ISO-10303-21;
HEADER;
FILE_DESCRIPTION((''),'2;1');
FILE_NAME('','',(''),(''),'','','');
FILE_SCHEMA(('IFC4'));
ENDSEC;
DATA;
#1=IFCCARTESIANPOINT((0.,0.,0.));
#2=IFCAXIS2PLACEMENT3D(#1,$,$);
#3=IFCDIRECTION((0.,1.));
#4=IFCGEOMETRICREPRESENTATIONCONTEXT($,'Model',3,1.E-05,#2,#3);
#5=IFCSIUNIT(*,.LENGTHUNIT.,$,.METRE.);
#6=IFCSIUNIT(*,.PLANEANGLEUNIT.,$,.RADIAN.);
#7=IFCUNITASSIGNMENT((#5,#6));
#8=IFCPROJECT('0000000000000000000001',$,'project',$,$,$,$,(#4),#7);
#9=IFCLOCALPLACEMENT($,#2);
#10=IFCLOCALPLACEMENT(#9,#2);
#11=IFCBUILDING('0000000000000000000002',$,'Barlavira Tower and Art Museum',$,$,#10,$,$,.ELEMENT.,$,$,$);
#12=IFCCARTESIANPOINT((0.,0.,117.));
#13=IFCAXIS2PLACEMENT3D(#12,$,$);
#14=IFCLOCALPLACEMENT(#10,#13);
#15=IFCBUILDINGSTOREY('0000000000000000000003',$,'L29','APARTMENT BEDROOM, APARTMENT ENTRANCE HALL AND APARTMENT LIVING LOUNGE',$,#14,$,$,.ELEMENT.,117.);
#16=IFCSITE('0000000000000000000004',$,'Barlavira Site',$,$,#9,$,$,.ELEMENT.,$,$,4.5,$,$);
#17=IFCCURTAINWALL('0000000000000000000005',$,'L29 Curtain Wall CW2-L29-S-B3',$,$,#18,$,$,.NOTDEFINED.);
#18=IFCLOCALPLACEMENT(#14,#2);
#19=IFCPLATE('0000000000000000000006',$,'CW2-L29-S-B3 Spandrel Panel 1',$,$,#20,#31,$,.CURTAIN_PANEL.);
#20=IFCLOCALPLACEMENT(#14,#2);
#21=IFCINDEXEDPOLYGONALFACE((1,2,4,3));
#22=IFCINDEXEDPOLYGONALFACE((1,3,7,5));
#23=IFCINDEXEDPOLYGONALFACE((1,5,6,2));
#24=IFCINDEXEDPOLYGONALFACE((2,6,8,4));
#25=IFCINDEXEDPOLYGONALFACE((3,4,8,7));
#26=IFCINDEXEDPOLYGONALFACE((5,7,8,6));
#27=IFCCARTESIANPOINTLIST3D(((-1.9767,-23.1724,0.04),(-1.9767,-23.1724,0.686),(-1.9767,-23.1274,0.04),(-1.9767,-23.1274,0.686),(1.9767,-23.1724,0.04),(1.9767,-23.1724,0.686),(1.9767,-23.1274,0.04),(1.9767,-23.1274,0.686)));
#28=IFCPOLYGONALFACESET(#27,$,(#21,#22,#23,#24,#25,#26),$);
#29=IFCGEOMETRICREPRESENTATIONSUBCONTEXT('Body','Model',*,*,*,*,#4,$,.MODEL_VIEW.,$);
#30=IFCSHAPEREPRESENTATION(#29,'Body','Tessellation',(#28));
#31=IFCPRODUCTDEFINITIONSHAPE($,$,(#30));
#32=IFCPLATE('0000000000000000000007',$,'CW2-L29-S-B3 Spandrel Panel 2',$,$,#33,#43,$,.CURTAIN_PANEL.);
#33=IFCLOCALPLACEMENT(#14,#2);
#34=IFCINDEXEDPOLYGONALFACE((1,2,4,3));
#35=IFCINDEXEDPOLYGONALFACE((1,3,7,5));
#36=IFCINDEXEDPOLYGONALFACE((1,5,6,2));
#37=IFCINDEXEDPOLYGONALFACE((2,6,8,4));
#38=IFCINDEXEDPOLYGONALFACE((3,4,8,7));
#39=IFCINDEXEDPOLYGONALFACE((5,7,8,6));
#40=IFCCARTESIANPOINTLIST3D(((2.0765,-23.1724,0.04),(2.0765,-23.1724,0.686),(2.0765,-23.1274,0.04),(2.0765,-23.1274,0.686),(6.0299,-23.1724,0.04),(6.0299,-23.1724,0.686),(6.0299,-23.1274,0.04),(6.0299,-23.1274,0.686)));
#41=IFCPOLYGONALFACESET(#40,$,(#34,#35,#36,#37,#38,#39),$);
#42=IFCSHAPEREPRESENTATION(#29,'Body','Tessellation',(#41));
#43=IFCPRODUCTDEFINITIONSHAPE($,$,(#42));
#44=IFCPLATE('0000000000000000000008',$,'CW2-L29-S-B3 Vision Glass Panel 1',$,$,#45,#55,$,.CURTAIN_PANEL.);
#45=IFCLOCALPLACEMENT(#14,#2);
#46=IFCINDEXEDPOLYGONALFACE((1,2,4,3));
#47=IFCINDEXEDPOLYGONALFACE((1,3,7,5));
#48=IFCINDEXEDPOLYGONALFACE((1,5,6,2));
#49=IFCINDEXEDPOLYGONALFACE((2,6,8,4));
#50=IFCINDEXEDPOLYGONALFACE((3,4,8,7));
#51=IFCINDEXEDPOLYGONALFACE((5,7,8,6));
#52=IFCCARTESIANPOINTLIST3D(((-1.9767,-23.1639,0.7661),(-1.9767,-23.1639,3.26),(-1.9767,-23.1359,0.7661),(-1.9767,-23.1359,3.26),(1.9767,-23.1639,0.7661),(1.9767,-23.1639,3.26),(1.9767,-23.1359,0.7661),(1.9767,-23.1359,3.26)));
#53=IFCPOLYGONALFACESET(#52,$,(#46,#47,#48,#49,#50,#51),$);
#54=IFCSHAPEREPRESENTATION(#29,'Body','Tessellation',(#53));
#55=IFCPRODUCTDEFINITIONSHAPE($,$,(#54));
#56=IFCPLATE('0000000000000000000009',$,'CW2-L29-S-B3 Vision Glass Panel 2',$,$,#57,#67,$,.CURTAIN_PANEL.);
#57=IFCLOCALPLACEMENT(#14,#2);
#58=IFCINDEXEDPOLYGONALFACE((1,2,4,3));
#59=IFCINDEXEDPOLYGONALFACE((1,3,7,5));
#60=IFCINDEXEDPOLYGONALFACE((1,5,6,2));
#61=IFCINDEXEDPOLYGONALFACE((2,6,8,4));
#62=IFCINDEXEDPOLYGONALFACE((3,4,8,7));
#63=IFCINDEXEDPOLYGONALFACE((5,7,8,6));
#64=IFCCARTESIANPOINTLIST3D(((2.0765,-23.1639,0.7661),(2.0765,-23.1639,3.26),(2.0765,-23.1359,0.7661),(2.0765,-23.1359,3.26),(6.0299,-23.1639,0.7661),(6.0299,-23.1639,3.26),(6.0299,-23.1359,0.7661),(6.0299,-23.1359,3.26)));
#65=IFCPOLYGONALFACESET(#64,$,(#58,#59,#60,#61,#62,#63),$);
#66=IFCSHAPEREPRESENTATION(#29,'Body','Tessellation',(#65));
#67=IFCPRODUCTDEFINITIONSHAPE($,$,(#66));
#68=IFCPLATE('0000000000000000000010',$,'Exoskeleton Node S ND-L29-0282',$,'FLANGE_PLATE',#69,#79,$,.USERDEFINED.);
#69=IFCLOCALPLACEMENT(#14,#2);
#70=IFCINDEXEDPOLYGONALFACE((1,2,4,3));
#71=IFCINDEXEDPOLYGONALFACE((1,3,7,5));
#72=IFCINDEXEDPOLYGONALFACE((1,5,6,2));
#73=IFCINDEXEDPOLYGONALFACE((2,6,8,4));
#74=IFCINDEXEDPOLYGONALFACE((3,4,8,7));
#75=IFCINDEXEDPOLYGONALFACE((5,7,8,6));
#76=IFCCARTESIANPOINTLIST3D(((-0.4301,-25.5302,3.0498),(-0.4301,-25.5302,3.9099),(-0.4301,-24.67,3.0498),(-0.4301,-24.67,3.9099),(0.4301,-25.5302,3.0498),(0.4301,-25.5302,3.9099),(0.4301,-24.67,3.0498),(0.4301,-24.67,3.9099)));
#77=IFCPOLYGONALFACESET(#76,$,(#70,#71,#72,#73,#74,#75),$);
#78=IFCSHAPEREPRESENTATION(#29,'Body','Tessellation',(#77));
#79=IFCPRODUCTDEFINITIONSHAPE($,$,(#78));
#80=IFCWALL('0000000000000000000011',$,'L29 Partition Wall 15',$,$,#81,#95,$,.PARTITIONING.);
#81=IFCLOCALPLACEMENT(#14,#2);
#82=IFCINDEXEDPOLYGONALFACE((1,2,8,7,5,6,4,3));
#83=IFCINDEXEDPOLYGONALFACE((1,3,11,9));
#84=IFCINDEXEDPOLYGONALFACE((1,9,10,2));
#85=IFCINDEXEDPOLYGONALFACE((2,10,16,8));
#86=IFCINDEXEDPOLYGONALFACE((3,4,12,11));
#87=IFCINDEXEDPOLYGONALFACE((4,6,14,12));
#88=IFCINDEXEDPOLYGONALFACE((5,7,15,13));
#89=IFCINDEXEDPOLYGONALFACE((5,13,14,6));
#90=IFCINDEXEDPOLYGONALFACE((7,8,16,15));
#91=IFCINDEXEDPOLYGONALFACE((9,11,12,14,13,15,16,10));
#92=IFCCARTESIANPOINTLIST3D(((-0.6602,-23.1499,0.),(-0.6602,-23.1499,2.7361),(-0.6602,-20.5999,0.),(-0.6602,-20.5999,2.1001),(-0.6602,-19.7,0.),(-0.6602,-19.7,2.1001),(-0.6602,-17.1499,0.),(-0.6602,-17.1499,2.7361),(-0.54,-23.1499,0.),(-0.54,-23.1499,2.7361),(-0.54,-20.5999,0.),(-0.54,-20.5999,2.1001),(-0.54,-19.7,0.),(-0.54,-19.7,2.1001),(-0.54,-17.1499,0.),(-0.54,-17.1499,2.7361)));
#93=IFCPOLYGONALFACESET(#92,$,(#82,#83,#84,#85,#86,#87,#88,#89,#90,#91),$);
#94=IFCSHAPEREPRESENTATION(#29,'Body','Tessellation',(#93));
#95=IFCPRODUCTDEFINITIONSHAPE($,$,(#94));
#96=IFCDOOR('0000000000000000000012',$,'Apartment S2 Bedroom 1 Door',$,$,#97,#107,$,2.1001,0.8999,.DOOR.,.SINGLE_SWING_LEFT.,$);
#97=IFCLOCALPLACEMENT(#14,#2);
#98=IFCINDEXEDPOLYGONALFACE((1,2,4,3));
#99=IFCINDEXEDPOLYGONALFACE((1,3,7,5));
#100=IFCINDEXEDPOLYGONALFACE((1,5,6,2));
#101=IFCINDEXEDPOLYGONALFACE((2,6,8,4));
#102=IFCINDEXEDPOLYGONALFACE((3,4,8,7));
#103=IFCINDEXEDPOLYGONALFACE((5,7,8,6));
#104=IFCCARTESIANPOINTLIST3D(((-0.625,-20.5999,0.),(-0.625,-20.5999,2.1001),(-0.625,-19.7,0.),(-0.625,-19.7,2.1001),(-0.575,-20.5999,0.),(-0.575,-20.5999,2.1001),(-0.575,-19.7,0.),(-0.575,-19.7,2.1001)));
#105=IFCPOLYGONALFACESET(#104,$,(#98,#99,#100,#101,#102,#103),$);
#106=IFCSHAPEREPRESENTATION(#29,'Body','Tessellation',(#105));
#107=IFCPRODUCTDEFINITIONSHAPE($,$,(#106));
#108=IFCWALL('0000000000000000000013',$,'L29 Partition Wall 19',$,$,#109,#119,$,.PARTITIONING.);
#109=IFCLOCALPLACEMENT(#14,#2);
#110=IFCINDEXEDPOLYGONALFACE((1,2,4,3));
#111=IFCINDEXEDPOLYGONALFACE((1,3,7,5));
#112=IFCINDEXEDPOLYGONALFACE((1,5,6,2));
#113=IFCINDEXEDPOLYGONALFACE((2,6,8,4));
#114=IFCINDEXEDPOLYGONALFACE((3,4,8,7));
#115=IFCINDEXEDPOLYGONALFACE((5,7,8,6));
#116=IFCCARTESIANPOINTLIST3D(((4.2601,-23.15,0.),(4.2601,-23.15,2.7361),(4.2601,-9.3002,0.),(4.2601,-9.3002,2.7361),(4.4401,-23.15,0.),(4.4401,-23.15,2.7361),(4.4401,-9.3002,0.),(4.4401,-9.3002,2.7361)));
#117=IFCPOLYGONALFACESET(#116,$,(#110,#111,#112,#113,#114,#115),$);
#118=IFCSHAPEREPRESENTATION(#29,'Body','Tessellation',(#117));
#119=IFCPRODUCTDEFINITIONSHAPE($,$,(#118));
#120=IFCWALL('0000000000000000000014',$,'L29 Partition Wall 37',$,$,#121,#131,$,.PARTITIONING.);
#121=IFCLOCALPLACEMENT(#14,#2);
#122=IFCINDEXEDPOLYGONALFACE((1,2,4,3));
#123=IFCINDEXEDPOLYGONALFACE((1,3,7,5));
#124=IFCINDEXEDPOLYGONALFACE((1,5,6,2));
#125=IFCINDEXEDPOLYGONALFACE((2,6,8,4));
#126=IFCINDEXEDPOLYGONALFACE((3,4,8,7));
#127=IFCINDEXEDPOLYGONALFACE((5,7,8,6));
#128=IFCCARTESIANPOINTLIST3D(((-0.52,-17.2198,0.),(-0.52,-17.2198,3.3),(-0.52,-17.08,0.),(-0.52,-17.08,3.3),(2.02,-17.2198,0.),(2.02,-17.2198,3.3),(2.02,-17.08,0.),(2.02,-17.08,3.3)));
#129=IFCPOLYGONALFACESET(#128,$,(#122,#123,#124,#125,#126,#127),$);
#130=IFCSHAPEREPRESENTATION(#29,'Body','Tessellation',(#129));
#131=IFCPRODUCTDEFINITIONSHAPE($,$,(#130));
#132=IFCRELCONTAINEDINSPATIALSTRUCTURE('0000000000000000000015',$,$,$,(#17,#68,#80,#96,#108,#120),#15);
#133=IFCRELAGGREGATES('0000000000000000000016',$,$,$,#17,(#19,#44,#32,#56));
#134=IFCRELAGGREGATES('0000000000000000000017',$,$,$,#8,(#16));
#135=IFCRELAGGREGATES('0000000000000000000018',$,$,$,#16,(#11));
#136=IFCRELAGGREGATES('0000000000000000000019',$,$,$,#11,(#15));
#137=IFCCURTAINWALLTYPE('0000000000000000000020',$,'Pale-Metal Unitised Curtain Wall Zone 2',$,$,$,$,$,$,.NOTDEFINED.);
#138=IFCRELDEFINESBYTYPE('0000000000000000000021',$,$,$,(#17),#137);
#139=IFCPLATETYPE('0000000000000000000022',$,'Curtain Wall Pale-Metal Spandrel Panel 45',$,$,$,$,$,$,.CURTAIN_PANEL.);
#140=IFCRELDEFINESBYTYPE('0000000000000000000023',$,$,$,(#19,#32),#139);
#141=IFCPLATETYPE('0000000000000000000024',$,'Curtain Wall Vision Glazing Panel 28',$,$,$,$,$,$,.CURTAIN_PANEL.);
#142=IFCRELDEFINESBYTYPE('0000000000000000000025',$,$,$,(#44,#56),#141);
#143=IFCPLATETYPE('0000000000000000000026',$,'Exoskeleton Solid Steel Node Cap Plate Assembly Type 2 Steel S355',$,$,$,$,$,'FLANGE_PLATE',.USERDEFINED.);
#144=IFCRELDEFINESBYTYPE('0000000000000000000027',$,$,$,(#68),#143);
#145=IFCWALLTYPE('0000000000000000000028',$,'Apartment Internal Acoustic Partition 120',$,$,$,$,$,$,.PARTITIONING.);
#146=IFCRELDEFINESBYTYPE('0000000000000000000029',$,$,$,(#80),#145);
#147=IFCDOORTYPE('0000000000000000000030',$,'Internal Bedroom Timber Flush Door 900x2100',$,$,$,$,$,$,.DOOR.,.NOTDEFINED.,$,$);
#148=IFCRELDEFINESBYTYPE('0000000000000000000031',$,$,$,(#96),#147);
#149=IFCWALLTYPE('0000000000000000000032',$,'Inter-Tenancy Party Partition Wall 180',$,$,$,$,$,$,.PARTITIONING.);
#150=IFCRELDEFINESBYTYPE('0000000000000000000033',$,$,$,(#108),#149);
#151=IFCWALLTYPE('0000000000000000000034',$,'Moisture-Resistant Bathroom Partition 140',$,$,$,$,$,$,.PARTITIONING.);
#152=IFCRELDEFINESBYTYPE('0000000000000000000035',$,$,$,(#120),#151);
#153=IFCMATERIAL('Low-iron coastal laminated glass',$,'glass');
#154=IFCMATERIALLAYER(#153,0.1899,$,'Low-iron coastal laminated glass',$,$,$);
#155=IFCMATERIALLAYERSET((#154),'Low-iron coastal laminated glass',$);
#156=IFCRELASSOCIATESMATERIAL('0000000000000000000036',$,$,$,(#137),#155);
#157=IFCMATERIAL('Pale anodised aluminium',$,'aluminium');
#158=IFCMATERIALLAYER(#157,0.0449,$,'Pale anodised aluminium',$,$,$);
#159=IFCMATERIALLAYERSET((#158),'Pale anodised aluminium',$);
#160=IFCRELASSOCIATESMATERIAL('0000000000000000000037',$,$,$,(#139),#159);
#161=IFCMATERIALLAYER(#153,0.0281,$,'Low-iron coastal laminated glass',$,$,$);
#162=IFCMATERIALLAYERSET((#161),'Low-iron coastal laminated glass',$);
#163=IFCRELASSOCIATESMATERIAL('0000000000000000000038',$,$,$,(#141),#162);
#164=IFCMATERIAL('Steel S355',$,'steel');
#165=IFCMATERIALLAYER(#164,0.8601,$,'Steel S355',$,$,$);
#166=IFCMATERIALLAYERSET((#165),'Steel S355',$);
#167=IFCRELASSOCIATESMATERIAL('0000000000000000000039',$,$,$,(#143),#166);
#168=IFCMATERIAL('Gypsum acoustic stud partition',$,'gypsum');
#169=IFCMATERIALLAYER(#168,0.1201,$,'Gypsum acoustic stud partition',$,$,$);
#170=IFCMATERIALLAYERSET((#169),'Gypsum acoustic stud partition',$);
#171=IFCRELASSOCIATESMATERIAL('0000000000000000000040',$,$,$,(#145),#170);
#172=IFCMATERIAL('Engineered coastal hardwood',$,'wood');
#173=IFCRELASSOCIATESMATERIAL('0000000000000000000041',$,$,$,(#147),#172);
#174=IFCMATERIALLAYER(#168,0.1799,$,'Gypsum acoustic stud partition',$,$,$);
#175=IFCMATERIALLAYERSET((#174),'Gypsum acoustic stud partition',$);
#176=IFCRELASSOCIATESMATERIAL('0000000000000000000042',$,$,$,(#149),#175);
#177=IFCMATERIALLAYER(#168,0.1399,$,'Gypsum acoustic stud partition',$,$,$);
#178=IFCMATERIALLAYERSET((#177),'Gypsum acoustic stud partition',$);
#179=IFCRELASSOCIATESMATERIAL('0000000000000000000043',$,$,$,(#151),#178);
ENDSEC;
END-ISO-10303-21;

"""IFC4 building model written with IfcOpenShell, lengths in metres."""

from ifc_helpers import new_model, si_unit, direction, frame, frame_2d, origin, origin_2d, place, context, subcontext, project, spatial, rectangle, extrude, material, layer, layer_set, type_object, element, fill, aggregate, save


model = new_model("IFC4")

# Units and contexts
model_context = context("Model", 3, precision=1e-05, world=origin(), true_north=direction((0.0, 1.0)))
body_context = subcontext(model_context, "Body", "Model", "MODEL_VIEW")
ifc_project = project(units=[si_unit("LENGTHUNIT", "METRE"), si_unit("PLANEANGLEUNIT", "RADIAN")], contexts=[model_context])

# Site, building, storey
site_placement = place(None, origin())
site = spatial("IfcSite", under=ifc_project, at=site_placement, Name="Barlavira Site", CompositionType="ELEMENT", RefElevation=4.5)
building_placement = place(site_placement, origin())
building = spatial("IfcBuilding", under=site, at=building_placement, Name="Barlavira Tower and Art Museum", CompositionType="ELEMENT")
storey_placement = place(building_placement, frame((0.0, 0.0, 117.0)))
storey = spatial("IfcBuildingStorey", under=building, at=storey_placement, Name="L29", Description="APARTMENT BEDROOM, APARTMENT ENTRANCE HALL AND APARTMENT LIVING LOUNGE", CompositionType="ELEMENT", Elevation=117.0)

# Curtain wall
ifc_material_1 = material(Name="Low-iron coastal laminated glass", Category="glass")
ifc_layer_1 = layer(ifc_material_1, 0.1899, Name="Low-iron coastal laminated glass")
ifc_layer_set_1 = layer_set([ifc_layer_1], Name="Low-iron coastal laminated glass")
curtain_wall_type = type_object("IfcCurtainWallType", Name="Pale-Metal Unitised Curtain Wall Zone 2", PredefinedType="NOTDEFINED", material=ifc_layer_set_1)
curtain_wall_placement = place(storey_placement, origin())
curtain_wall = element("IfcCurtainWall", 1, at=curtain_wall_placement, inside=storey, type_object=curtain_wall_type, Name="L29 Curtain Wall CW2-L29-S-B3", PredefinedType="NOTDEFINED")
ifc_material_2 = material(Name="Pale anodised aluminium", Category="aluminium")

# Shared definitions
ifc_material_3 = material(Name="Steel S355", Category="steel")

# Plates
ifc_layer_2 = layer(ifc_material_2, 0.0449, Name="Pale anodised aluminium")
ifc_layer_set_2 = layer_set([ifc_layer_2], Name="Pale anodised aluminium")
plate_type_1 = type_object("IfcPlateType", Name="Curtain Wall Pale-Metal Spandrel Panel 45", PredefinedType="CURTAIN_PANEL", material=ifc_layer_set_2)
plate_1_placement = place(storey_placement, frame((0.0, -23.1499, 0.04), z_axis=(0.0, 0.0, 1.0), x_axis=(1.0, 0.0, 0.0)))
plate_1 = element("IfcPlate", 2, at=plate_1_placement, type_object=plate_type_1, Name="CW2-L29-S-B3 Spandrel Panel 1", PredefinedType="CURTAIN_PANEL", context=body_context, shape_type="SweptSolid", body=[
    extrude(rectangle(XDim=3.9534, YDim=0.0449, at=origin_2d()), origin(), (0.0, 0.0, 1.0), 0.646),
])
plate_2_placement = place(storey_placement, frame((4.0532, -23.1499, 0.04), z_axis=(0.0, 0.0, 1.0), x_axis=(1.0, 0.0, 0.0)))
plate_2 = element("IfcPlate", 3, at=plate_2_placement, type_object=plate_type_1, Name="CW2-L29-S-B3 Spandrel Panel 2", PredefinedType="CURTAIN_PANEL", context=body_context, shape_type="SweptSolid", body=[
    extrude(rectangle(XDim=3.9534, YDim=0.0449, at=origin_2d()), origin(), (0.0, 0.0, 1.0), 0.646),
])
ifc_layer_3 = layer(ifc_material_1, 0.0281, Name="Low-iron coastal laminated glass")
ifc_layer_set_3 = layer_set([ifc_layer_3], Name="Low-iron coastal laminated glass")
plate_type_2 = type_object("IfcPlateType", Name="Curtain Wall Vision Glazing Panel 28", PredefinedType="CURTAIN_PANEL", material=ifc_layer_set_3)
plate_3_placement = place(storey_placement, frame((0.0, -23.1499, 0.7661), z_axis=(0.0, 0.0, 1.0), x_axis=(1.0, 0.0, 0.0)))
plate_3 = element("IfcPlate", 4, at=plate_3_placement, type_object=plate_type_2, Name="CW2-L29-S-B3 Vision Glass Panel 1", PredefinedType="CURTAIN_PANEL", context=body_context, shape_type="SweptSolid", body=[
    extrude(rectangle(XDim=3.9534, YDim=0.0281, at=origin_2d()), origin(), (0.0, 0.0, 1.0), 2.4939),
])
plate_4_placement = place(storey_placement, frame((4.0532, -23.1499, 0.7661), z_axis=(0.0, 0.0, 1.0), x_axis=(1.0, 0.0, 0.0)))
plate_4 = element("IfcPlate", 5, at=plate_4_placement, type_object=plate_type_2, Name="CW2-L29-S-B3 Vision Glass Panel 2", PredefinedType="CURTAIN_PANEL", context=body_context, shape_type="SweptSolid", body=[
    extrude(rectangle(XDim=3.9534, YDim=0.0281, at=origin_2d()), origin(), (0.0, 0.0, 1.0), 2.4939),
])
aggregate(curtain_wall, [plate_1, plate_3, plate_2, plate_4])
ifc_layer_4 = layer(ifc_material_3, 0.8601, Name="Steel S355")
ifc_layer_set_4 = layer_set([ifc_layer_4], Name="Steel S355")
plate_type_3 = type_object("IfcPlateType", Name="Exoskeleton Solid Steel Node Cap Plate Assembly Type 2 Steel S355", ElementType="FLANGE_PLATE", PredefinedType="USERDEFINED", material=ifc_layer_set_4)
plate_5_placement = place(storey_placement, frame((0.0, -25.1001, 3.0498), z_axis=(0.0, 0.0, 1.0), x_axis=(1.0, 0.0, 0.0)))
element("IfcPlate", 6, at=plate_5_placement, inside=storey, type_object=plate_type_3, Name="Exoskeleton Node S ND-L29-0282", ObjectType="FLANGE_PLATE", PredefinedType="USERDEFINED", context=body_context, shape_type="SweptSolid", body=[
    extrude(rectangle(XDim=0.8601, YDim=0.8601, at=origin_2d()), origin(), (0.0, 0.0, 1.0), 0.8601),
])

# Wall, opening, door
ifc_material_4 = material(Name="Gypsum acoustic stud partition", Category="gypsum")
ifc_layer_5 = layer(ifc_material_4, 0.1201, Name="Gypsum acoustic stud partition")
ifc_layer_set_5 = layer_set([ifc_layer_5], Name="Gypsum acoustic stud partition")
wall_type_1 = type_object("IfcWallType", Name="Apartment Internal Acoustic Partition 120", PredefinedType="PARTITIONING", material=ifc_layer_set_5)
wall_1_placement = place(storey_placement, frame((-0.6001, -23.1499, 0.0), z_axis=(0.0, 0.0, 1.0), x_axis=(0.0, 1.0, 0.0)))
wall_1 = element("IfcWall", 7, at=wall_1_placement, inside=storey, type_object=wall_type_1, Name="L29 Partition Wall 15", PredefinedType="PARTITIONING", context=body_context, shape_type="SweptSolid", body=[
    extrude(rectangle(XDim=6.0, YDim=0.1201, at=frame_2d((3.0, 0.0))), origin(), (0.0, 0.0, 1.0), 2.7361),
])
opening_1_placement = place(wall_1_placement, frame((2.55, 0.0, 0.0)))
opening_1 = element("IfcOpeningElement", 8, at=opening_1_placement, cuts=wall_1, PredefinedType="OPENING", context=body_context, shape_type="SweptSolid", body=[
    extrude(rectangle(XDim=0.8999, YDim=2.1001, at=frame_2d((0.45, 1.05))), frame((0.0, 0.0701, 0.0), z_axis=(0.0, -1.0, 0.0), x_axis=(1.0, 0.0, 0.0)), (0.0, 0.0, 1.0), 0.1401),
])
ifc_material_5 = material(Name="Engineered coastal hardwood", Category="wood")
door_type = type_object("IfcDoorType", Name="Internal Bedroom Timber Flush Door 900x2100", OperationType="NOTDEFINED", PredefinedType="DOOR", material=ifc_material_5)
door_placement = place(opening_1_placement, origin())
door = element("IfcDoor", 9, at=door_placement, inside=storey, type_object=door_type, Name="Apartment S2 Bedroom 1 Door", OperationType="SINGLE_SWING_LEFT", OverallHeight=2.1001, OverallWidth=0.8999, PredefinedType="DOOR", context=body_context, shape_type="SweptSolid", body=[
    extrude(rectangle(XDim=0.8999, YDim=2.1001, at=frame_2d((0.45, 1.05))), frame((0.0, 0.0249, 0.0), z_axis=(0.0, -1.0, 0.0), x_axis=(1.0, 0.0, 0.0)), (0.0, 0.0, 1.0), 0.05),
])
fill(opening_1, door)

# Walls
ifc_layer_6 = layer(ifc_material_4, 0.1799, Name="Gypsum acoustic stud partition")
ifc_layer_set_6 = layer_set([ifc_layer_6], Name="Gypsum acoustic stud partition")
wall_type_2 = type_object("IfcWallType", Name="Inter-Tenancy Party Partition Wall 180", PredefinedType="PARTITIONING", material=ifc_layer_set_6)
wall_2_placement = place(storey_placement, frame((4.3501, -23.1499, 0.0), z_axis=(0.0, 0.0, 1.0), x_axis=(0.0, 1.0, 0.0)))
element("IfcWall", 10, at=wall_2_placement, inside=storey, type_object=wall_type_2, Name="L29 Partition Wall 19", PredefinedType="PARTITIONING", context=body_context, shape_type="SweptSolid", body=[
    extrude(rectangle(XDim=13.8499, YDim=0.1799, at=frame_2d((6.9248, 0.0))), origin(), (0.0, 0.0, 1.0), 2.7361),
])
ifc_layer_7 = layer(ifc_material_4, 0.1399, Name="Gypsum acoustic stud partition")
ifc_layer_set_7 = layer_set([ifc_layer_7], Name="Gypsum acoustic stud partition")
wall_type_3 = type_object("IfcWallType", Name="Moisture-Resistant Bathroom Partition 140", PredefinedType="PARTITIONING", material=ifc_layer_set_7)
wall_3_placement = place(storey_placement, frame((-0.52, -17.1499, 0.0), z_axis=(0.0, 0.0, 1.0), x_axis=(1.0, 0.0, 0.0)))
element("IfcWall", 11, at=wall_3_placement, inside=storey, type_object=wall_type_3, Name="L29 Partition Wall 37", PredefinedType="PARTITIONING", context=body_context, shape_type="SweptSolid", body=[
    extrude(rectangle(XDim=2.54, YDim=0.1399, at=frame_2d((1.27, 0.0))), origin(), (0.0, 0.0, 1.0), 3.3),
])

save(model, "model.ifc")
